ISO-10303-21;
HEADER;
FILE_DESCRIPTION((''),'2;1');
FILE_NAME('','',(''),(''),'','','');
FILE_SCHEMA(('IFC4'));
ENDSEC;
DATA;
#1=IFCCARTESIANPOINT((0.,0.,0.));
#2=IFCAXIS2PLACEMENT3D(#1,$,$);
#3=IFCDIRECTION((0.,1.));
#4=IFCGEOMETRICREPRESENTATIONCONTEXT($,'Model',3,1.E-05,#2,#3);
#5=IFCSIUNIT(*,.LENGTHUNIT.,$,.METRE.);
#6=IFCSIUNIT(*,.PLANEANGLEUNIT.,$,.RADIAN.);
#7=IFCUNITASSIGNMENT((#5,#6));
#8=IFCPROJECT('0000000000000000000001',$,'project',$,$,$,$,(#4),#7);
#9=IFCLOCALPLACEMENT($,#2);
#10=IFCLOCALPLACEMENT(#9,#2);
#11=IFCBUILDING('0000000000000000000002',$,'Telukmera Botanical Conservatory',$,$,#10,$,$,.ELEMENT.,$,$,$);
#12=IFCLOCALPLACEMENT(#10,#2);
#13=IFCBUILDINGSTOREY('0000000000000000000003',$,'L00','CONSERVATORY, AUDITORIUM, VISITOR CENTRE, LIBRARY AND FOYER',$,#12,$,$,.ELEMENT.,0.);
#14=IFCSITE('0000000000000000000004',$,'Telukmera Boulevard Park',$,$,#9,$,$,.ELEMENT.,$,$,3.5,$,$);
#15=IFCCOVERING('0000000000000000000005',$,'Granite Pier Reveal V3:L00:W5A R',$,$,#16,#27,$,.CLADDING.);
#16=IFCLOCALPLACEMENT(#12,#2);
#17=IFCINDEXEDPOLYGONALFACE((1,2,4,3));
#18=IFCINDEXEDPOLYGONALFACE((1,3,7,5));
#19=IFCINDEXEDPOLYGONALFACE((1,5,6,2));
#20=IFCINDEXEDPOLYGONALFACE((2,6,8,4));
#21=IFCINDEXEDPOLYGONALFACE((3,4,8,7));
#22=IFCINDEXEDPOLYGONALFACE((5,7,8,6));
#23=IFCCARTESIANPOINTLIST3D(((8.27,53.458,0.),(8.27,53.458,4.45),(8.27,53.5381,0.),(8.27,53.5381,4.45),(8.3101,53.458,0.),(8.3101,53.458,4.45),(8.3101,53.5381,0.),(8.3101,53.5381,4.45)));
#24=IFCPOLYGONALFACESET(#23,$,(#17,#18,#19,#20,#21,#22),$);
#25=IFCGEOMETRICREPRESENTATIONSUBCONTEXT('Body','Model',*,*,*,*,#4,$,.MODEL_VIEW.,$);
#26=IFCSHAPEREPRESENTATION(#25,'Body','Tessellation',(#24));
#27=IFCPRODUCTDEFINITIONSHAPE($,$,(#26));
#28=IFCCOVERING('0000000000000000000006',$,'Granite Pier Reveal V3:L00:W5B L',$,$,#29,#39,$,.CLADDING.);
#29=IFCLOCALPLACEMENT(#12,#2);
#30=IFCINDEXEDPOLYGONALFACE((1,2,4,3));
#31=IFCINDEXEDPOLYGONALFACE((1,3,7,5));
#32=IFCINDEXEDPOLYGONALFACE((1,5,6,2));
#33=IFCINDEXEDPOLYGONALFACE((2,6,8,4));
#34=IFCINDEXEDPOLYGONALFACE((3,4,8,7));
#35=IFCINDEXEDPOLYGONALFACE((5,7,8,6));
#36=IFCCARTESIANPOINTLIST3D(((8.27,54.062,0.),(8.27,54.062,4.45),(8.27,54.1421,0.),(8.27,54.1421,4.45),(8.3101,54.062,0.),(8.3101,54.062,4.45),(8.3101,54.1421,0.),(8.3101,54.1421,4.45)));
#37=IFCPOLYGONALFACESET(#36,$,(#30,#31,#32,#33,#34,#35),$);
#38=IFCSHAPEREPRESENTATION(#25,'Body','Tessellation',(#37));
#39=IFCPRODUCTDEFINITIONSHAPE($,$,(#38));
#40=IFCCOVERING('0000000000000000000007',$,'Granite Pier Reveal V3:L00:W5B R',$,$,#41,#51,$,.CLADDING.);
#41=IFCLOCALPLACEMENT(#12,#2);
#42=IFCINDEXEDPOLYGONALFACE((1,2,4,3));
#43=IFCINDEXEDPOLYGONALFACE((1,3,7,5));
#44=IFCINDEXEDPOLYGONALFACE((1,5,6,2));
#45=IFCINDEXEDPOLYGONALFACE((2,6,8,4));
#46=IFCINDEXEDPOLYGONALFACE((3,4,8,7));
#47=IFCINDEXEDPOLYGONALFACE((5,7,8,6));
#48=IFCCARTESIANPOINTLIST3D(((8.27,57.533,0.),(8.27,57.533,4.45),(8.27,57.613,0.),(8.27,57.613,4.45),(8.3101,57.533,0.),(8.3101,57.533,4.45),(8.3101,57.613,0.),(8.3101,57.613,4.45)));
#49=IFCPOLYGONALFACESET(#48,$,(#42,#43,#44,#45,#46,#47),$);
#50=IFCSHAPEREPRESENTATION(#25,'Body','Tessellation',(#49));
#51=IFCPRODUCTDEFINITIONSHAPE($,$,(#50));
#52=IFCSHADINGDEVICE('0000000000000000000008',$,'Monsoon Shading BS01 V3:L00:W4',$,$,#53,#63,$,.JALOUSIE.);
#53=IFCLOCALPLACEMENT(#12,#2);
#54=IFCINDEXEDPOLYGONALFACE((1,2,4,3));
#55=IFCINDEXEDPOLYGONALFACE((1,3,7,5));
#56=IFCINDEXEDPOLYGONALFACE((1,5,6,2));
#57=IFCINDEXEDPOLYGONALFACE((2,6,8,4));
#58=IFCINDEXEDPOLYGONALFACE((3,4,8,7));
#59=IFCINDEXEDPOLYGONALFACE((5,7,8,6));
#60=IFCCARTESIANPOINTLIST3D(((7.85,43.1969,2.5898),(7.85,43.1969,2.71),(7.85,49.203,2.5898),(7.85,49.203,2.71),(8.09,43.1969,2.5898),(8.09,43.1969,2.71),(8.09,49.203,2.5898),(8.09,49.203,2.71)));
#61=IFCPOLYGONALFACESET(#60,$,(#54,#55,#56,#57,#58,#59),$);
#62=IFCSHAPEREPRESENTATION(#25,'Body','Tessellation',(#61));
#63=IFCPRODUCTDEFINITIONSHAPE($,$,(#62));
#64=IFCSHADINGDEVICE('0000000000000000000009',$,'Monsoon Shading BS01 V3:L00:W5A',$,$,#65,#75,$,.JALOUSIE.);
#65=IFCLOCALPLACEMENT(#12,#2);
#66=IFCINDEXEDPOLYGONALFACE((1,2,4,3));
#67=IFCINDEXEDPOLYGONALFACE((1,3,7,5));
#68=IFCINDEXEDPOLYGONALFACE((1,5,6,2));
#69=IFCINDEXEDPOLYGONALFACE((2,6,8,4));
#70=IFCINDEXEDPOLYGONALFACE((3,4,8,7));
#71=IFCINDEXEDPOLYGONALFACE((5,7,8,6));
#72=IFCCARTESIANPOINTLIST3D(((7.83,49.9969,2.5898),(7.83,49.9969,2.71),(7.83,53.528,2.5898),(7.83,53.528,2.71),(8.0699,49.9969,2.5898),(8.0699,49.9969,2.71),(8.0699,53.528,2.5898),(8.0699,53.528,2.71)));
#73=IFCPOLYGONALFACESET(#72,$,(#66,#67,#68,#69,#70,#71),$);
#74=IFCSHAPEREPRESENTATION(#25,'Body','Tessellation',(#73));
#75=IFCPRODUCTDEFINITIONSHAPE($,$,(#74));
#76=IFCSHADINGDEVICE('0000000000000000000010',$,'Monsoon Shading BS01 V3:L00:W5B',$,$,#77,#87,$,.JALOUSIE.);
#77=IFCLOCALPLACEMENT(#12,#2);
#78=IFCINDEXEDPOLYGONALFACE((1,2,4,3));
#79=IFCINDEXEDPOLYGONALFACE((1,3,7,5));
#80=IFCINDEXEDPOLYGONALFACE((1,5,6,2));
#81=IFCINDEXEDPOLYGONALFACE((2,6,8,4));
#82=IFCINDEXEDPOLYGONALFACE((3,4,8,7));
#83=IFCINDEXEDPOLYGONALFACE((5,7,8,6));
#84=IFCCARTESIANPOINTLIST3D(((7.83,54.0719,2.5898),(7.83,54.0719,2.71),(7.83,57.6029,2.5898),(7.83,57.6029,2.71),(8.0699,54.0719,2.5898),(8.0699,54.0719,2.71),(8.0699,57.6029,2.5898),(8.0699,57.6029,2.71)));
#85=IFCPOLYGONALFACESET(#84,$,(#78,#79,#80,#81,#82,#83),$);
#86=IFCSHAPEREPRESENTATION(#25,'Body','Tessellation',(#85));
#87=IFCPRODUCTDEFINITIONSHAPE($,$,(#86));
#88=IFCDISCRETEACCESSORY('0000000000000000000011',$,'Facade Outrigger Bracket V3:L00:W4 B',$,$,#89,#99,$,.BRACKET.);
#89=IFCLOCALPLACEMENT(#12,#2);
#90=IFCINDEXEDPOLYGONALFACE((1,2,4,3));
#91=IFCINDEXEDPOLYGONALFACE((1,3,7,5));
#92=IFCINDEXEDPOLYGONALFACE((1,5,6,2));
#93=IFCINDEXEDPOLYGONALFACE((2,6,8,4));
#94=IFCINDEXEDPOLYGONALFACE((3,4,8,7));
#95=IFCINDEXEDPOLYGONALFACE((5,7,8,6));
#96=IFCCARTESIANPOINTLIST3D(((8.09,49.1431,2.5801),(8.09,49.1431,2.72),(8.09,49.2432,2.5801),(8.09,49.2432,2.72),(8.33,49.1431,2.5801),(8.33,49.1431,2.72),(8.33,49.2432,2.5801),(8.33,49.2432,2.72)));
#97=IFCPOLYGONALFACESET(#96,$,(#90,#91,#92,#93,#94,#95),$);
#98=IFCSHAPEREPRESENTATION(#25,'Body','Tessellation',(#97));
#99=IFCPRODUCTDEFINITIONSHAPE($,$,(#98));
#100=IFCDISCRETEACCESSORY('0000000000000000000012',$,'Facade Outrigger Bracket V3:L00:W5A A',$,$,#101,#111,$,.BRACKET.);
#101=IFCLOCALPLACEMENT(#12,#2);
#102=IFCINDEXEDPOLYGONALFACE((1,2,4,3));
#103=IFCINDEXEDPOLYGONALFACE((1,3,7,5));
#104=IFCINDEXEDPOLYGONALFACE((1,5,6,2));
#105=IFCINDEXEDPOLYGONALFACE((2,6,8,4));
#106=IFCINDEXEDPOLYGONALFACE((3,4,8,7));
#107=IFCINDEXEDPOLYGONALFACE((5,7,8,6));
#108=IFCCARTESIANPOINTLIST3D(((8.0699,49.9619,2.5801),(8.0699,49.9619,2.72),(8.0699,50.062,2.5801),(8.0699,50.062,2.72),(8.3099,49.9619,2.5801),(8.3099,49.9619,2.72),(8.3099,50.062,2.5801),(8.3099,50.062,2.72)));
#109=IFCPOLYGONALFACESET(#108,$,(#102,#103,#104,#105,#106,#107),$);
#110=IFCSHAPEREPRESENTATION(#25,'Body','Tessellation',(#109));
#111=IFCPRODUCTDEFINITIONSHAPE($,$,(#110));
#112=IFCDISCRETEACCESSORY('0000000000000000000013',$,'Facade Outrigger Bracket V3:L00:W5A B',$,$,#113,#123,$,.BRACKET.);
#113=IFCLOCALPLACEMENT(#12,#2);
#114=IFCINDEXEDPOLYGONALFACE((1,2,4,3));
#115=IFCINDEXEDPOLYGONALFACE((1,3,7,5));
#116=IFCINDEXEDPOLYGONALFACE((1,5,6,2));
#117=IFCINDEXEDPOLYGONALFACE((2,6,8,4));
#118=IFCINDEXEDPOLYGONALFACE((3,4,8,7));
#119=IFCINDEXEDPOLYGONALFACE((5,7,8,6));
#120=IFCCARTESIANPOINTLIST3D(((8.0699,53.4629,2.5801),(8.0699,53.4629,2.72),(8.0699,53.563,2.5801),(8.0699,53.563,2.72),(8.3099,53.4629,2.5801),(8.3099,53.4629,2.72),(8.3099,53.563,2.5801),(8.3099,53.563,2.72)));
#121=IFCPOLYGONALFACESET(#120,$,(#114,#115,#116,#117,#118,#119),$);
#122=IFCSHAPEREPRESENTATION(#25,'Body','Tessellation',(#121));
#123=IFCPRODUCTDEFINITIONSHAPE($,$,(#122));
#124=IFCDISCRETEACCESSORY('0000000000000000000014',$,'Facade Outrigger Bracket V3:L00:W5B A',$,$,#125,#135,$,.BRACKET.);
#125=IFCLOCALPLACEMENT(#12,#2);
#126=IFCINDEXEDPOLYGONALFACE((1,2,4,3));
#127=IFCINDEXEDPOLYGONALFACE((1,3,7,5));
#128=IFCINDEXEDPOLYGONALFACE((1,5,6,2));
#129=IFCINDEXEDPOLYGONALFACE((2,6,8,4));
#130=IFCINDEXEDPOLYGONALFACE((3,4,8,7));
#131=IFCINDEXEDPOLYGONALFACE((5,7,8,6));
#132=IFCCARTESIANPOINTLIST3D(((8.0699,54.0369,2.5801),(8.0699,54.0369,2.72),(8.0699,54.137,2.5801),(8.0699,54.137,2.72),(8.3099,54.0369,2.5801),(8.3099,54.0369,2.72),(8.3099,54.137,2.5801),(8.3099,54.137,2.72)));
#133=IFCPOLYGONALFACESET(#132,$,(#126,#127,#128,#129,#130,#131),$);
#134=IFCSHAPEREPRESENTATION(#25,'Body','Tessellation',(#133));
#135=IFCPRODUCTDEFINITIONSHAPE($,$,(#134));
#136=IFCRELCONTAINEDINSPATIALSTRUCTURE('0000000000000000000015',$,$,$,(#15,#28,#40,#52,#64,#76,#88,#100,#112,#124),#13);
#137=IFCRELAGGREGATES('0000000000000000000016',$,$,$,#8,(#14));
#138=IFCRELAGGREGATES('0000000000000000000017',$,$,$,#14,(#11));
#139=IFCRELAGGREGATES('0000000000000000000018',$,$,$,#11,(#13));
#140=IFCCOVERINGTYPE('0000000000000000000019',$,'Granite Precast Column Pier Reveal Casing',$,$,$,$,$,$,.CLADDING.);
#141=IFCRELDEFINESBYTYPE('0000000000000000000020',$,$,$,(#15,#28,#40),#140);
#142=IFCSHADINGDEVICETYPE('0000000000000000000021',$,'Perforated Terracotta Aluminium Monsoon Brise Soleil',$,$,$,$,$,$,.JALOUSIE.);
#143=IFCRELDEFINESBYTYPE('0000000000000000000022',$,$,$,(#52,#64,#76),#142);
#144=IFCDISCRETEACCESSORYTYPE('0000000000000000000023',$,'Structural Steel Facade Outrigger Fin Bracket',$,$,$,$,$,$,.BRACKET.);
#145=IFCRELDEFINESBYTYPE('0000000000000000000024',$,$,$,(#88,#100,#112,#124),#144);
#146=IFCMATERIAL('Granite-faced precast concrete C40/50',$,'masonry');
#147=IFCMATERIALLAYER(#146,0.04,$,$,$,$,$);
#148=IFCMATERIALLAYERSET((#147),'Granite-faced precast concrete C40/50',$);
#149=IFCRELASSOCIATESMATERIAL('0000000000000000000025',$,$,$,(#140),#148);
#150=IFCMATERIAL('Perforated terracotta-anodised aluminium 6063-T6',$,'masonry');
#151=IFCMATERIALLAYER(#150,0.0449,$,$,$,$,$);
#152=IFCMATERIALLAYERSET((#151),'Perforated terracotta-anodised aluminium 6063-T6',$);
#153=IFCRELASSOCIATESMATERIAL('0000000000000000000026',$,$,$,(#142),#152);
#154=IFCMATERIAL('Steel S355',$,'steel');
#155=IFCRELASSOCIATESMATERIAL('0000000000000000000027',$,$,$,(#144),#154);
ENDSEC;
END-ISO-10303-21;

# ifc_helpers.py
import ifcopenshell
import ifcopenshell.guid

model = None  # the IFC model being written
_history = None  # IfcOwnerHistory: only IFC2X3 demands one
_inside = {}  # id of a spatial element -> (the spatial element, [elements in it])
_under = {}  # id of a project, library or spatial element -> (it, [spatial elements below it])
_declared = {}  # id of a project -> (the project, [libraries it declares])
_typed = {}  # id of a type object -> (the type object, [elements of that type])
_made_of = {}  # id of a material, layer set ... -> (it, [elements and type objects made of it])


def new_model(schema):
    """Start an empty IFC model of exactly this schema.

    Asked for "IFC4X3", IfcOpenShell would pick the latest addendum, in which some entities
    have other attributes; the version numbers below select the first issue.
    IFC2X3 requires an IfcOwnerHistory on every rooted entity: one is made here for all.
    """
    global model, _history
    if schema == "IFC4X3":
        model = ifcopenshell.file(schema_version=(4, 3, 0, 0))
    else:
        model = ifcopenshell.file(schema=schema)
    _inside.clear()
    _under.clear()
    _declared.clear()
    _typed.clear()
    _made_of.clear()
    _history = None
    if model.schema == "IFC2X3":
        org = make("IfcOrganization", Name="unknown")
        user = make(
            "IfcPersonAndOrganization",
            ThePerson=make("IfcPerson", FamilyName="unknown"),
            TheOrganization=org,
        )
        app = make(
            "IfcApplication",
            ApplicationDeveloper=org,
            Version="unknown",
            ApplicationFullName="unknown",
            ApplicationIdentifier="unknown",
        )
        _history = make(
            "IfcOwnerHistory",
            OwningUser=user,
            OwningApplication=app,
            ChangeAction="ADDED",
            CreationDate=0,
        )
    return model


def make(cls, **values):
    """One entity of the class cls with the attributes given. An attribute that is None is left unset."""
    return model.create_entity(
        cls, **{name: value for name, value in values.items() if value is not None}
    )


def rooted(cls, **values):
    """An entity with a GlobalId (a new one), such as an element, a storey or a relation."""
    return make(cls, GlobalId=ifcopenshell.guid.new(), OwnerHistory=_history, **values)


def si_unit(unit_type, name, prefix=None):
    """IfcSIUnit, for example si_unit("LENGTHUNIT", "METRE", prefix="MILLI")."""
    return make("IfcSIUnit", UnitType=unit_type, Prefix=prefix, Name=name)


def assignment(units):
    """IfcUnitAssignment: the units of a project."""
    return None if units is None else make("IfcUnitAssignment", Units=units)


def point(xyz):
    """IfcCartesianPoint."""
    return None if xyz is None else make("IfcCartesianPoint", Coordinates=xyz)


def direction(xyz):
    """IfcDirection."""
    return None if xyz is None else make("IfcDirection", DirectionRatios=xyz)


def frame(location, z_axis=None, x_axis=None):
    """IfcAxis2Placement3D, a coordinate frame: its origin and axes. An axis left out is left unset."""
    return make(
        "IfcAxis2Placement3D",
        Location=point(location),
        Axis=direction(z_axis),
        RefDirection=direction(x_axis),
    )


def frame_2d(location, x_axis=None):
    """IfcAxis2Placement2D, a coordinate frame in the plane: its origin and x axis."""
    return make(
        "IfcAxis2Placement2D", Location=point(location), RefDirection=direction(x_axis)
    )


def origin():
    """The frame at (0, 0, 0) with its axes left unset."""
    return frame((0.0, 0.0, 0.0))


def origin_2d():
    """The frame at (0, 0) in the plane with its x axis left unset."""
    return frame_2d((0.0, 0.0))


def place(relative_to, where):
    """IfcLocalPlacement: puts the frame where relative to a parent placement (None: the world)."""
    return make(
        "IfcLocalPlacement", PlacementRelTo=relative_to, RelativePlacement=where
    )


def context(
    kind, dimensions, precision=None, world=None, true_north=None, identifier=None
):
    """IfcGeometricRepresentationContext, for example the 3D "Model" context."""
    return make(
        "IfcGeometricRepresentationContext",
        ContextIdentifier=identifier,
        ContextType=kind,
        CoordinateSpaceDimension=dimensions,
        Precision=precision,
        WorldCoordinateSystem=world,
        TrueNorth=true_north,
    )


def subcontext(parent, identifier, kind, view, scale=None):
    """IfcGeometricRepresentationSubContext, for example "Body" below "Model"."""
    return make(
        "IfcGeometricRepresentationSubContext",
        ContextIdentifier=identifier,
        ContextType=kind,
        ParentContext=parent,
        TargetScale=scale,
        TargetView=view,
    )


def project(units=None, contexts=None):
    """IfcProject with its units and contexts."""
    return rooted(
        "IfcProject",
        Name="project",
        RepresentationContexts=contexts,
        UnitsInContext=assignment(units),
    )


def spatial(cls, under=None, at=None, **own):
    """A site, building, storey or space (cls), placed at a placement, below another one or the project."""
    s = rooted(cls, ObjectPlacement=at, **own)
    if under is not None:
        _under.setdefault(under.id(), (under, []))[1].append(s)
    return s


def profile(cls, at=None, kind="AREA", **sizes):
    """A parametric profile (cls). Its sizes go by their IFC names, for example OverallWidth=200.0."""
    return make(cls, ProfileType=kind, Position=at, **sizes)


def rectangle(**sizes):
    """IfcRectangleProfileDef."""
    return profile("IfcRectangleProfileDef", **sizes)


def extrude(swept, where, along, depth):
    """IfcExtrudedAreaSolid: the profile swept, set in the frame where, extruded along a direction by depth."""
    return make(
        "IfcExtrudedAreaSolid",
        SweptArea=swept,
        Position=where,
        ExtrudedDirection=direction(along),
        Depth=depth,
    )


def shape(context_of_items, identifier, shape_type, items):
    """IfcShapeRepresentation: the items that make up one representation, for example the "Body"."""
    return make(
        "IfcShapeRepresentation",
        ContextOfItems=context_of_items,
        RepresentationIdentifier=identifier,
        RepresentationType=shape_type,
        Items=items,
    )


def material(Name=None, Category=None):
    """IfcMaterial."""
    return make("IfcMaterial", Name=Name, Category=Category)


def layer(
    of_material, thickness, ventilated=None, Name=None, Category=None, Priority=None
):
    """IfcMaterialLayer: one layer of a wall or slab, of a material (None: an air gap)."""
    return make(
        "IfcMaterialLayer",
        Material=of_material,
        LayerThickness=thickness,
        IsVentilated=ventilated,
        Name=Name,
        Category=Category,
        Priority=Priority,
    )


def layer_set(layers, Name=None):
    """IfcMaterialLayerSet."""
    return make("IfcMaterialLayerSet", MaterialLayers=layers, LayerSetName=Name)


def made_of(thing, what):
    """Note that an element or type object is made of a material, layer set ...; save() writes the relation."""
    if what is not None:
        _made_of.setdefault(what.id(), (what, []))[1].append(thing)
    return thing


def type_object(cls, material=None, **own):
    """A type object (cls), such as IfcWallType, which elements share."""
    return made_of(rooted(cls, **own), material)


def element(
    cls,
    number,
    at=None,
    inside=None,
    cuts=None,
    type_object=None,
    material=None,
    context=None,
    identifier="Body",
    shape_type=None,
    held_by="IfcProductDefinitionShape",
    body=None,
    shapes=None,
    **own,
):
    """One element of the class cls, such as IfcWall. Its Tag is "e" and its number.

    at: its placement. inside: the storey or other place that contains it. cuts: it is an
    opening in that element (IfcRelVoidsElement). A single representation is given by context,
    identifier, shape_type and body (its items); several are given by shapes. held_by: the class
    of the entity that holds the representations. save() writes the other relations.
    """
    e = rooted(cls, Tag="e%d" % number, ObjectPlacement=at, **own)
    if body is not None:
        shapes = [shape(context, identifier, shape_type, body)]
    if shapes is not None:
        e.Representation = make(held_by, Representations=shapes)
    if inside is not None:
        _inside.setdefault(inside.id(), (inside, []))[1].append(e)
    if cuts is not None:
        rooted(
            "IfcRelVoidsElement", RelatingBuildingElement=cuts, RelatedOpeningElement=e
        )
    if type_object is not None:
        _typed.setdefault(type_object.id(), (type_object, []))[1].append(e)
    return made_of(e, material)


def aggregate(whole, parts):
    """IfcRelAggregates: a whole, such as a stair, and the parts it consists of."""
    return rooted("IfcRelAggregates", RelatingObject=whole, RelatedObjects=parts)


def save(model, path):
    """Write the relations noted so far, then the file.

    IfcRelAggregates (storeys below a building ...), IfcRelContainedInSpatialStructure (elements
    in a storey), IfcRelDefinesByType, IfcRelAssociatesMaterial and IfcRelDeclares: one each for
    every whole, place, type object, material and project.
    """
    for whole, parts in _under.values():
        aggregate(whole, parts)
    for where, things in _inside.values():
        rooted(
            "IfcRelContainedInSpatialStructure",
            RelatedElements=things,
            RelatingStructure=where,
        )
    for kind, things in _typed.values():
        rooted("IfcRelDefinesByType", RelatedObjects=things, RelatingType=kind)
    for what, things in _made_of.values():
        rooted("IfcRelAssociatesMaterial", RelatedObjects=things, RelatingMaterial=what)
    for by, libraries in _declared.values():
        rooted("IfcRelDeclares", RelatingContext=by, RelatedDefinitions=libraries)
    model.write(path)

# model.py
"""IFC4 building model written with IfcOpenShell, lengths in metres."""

from ifc_helpers import new_model, si_unit, direction, frame, origin, origin_2d, place, context, subcontext, project, spatial, rectangle, extrude, material, layer, layer_set, type_object, element, save


model = new_model("IFC4")

# Units and contexts
model_context = context("Model", 3, precision=1e-05, world=origin(), true_north=direction((0.0, 1.0)))
body_context = subcontext(model_context, "Body", "Model", "MODEL_VIEW")
ifc_project = project(units=[si_unit("LENGTHUNIT", "METRE"), si_unit("PLANEANGLEUNIT", "RADIAN")], contexts=[model_context])

# Site, building, storey
site_placement = place(None, origin())
site = spatial("IfcSite", under=ifc_project, at=site_placement, Name="Telukmera Boulevard Park", CompositionType="ELEMENT", RefElevation=3.5)
building_placement = place(site_placement, origin())
building = spatial("IfcBuilding", under=site, at=building_placement, Name="Telukmera Botanical Conservatory", CompositionType="ELEMENT")
storey_placement = place(building_placement, origin())
storey = spatial("IfcBuildingStorey", under=building, at=storey_placement, Name="L00", Description="CONSERVATORY, AUDITORIUM, VISITOR CENTRE, LIBRARY AND FOYER", CompositionType="ELEMENT", Elevation=0.0)

# Coverings
ifc_material_1 = material(Name="Granite-faced precast concrete C40/50", Category="masonry")
ifc_layer_1 = layer(ifc_material_1, 0.04)
ifc_layer_set_1 = layer_set([ifc_layer_1], Name="Granite-faced precast concrete C40/50")
covering_type = type_object("IfcCoveringType", Name="Granite Precast Column Pier Reveal Casing", PredefinedType="CLADDING", material=ifc_layer_set_1)
for number, where, z_axis, x_axis, name in (
    (1, (8.29, 53.498, 0.0), (0.0, 0.0, 1.0), (0.0, 1.0, 0.0), "Granite Pier Reveal V3:L00:W5A R"),
    (2, (8.29, 54.1021, 0.0), (0.0, 0.0, 1.0), (0.0, 1.0, 0.0), "Granite Pier Reveal V3:L00:W5B L"),
    (3, (8.29, 57.573, 0.0), (0.0, 0.0, 1.0), (0.0, 1.0, 0.0), "Granite Pier Reveal V3:L00:W5B R"),
):
    element("IfcCovering", number, at=place(storey_placement, frame(where, z_axis=z_axis, x_axis=x_axis)), inside=storey, type_object=covering_type, Name=name, PredefinedType="CLADDING", context=body_context, shape_type="SweptSolid", body=[
        extrude(rectangle(XDim=0.0801, YDim=0.04, at=origin_2d()), origin(), (0.0, 0.0, 1.0), 4.45),
    ])

# Shading devices
ifc_material_2 = material(Name="Perforated terracotta-anodised aluminium 6063-T6", Category="masonry")
ifc_layer_2 = layer(ifc_material_2, 0.0449)
ifc_layer_set_2 = layer_set([ifc_layer_2], Name="Perforated terracotta-anodised aluminium 6063-T6")
shading_device_type = type_object("IfcShadingDeviceType", Name="Perforated Terracotta Aluminium Monsoon Brise Soleil", PredefinedType="JALOUSIE", material=ifc_layer_set_2)
shading_device_placement = place(storey_placement, frame((7.97, 46.2, 2.5898), z_axis=(0.0, 0.0, 1.0), x_axis=(0.0, 1.0, 0.0)))
element("IfcShadingDevice", 4, at=shading_device_placement, inside=storey, type_object=shading_device_type, Name="Monsoon Shading BS01 V3:L00:W4", PredefinedType="JALOUSIE", context=body_context, shape_type="SweptSolid", body=[
    extrude(rectangle(XDim=6.0061, YDim=0.24, at=origin_2d()), origin(), (0.0, 0.0, 1.0), 0.1201),
])
for number, where, z_axis, x_axis, name in (
    (5, (7.95, 51.7625, 2.5898), (0.0, 0.0, 1.0), (0.0, 1.0, 0.0), "Monsoon Shading BS01 V3:L00:W5A"),
    (6, (7.95, 55.8374, 2.5898), (0.0, 0.0, 1.0), (0.0, 1.0, 0.0), "Monsoon Shading BS01 V3:L00:W5B"),
):
    element("IfcShadingDevice", number, at=place(storey_placement, frame(where, z_axis=z_axis, x_axis=x_axis)), inside=storey, type_object=shading_device_type, Name=name, PredefinedType="JALOUSIE", context=body_context, shape_type="SweptSolid", body=[
        extrude(rectangle(XDim=3.531, YDim=0.24, at=origin_2d()), origin(), (0.0, 0.0, 1.0), 0.1201),
    ])

# Discrete accessories
ifc_material_3 = material(Name="Steel S355", Category="steel")
discrete_accessory_type = type_object("IfcDiscreteAccessoryType", Name="Structural Steel Facade Outrigger Fin Bracket", PredefinedType="BRACKET", material=ifc_material_3)
for number, where, z_axis, x_axis, name in (
    (7, (8.21, 49.1931, 2.5801), (0.0, 0.0, 1.0), (0.0, 1.0, 0.0), "Facade Outrigger Bracket V3:L00:W4 B"),
    (8, (8.1899, 50.012, 2.5801), (0.0, 0.0, 1.0), (0.0, 1.0, 0.0), "Facade Outrigger Bracket V3:L00:W5A A"),
    (9, (8.1899, 53.5129, 2.5801), (0.0, 0.0, 1.0), (0.0, 1.0, 0.0), "Facade Outrigger Bracket V3:L00:W5A B"),
    (10, (8.1899, 54.0869, 2.5801), (0.0, 0.0, 1.0), (0.0, 1.0, 0.0), "Facade Outrigger Bracket V3:L00:W5B A"),
):
    element("IfcDiscreteAccessory", number, at=place(storey_placement, frame(where, z_axis=z_axis, x_axis=x_axis)), inside=storey, type_object=discrete_accessory_type, Name=name, PredefinedType="BRACKET", context=body_context, shape_type="SweptSolid", body=[
        extrude(rectangle(XDim=0.1001, YDim=0.24, at=origin_2d()), origin(), (0.0, 0.0, 1.0), 0.1399),
    ])

save(model, "model.ifc")
